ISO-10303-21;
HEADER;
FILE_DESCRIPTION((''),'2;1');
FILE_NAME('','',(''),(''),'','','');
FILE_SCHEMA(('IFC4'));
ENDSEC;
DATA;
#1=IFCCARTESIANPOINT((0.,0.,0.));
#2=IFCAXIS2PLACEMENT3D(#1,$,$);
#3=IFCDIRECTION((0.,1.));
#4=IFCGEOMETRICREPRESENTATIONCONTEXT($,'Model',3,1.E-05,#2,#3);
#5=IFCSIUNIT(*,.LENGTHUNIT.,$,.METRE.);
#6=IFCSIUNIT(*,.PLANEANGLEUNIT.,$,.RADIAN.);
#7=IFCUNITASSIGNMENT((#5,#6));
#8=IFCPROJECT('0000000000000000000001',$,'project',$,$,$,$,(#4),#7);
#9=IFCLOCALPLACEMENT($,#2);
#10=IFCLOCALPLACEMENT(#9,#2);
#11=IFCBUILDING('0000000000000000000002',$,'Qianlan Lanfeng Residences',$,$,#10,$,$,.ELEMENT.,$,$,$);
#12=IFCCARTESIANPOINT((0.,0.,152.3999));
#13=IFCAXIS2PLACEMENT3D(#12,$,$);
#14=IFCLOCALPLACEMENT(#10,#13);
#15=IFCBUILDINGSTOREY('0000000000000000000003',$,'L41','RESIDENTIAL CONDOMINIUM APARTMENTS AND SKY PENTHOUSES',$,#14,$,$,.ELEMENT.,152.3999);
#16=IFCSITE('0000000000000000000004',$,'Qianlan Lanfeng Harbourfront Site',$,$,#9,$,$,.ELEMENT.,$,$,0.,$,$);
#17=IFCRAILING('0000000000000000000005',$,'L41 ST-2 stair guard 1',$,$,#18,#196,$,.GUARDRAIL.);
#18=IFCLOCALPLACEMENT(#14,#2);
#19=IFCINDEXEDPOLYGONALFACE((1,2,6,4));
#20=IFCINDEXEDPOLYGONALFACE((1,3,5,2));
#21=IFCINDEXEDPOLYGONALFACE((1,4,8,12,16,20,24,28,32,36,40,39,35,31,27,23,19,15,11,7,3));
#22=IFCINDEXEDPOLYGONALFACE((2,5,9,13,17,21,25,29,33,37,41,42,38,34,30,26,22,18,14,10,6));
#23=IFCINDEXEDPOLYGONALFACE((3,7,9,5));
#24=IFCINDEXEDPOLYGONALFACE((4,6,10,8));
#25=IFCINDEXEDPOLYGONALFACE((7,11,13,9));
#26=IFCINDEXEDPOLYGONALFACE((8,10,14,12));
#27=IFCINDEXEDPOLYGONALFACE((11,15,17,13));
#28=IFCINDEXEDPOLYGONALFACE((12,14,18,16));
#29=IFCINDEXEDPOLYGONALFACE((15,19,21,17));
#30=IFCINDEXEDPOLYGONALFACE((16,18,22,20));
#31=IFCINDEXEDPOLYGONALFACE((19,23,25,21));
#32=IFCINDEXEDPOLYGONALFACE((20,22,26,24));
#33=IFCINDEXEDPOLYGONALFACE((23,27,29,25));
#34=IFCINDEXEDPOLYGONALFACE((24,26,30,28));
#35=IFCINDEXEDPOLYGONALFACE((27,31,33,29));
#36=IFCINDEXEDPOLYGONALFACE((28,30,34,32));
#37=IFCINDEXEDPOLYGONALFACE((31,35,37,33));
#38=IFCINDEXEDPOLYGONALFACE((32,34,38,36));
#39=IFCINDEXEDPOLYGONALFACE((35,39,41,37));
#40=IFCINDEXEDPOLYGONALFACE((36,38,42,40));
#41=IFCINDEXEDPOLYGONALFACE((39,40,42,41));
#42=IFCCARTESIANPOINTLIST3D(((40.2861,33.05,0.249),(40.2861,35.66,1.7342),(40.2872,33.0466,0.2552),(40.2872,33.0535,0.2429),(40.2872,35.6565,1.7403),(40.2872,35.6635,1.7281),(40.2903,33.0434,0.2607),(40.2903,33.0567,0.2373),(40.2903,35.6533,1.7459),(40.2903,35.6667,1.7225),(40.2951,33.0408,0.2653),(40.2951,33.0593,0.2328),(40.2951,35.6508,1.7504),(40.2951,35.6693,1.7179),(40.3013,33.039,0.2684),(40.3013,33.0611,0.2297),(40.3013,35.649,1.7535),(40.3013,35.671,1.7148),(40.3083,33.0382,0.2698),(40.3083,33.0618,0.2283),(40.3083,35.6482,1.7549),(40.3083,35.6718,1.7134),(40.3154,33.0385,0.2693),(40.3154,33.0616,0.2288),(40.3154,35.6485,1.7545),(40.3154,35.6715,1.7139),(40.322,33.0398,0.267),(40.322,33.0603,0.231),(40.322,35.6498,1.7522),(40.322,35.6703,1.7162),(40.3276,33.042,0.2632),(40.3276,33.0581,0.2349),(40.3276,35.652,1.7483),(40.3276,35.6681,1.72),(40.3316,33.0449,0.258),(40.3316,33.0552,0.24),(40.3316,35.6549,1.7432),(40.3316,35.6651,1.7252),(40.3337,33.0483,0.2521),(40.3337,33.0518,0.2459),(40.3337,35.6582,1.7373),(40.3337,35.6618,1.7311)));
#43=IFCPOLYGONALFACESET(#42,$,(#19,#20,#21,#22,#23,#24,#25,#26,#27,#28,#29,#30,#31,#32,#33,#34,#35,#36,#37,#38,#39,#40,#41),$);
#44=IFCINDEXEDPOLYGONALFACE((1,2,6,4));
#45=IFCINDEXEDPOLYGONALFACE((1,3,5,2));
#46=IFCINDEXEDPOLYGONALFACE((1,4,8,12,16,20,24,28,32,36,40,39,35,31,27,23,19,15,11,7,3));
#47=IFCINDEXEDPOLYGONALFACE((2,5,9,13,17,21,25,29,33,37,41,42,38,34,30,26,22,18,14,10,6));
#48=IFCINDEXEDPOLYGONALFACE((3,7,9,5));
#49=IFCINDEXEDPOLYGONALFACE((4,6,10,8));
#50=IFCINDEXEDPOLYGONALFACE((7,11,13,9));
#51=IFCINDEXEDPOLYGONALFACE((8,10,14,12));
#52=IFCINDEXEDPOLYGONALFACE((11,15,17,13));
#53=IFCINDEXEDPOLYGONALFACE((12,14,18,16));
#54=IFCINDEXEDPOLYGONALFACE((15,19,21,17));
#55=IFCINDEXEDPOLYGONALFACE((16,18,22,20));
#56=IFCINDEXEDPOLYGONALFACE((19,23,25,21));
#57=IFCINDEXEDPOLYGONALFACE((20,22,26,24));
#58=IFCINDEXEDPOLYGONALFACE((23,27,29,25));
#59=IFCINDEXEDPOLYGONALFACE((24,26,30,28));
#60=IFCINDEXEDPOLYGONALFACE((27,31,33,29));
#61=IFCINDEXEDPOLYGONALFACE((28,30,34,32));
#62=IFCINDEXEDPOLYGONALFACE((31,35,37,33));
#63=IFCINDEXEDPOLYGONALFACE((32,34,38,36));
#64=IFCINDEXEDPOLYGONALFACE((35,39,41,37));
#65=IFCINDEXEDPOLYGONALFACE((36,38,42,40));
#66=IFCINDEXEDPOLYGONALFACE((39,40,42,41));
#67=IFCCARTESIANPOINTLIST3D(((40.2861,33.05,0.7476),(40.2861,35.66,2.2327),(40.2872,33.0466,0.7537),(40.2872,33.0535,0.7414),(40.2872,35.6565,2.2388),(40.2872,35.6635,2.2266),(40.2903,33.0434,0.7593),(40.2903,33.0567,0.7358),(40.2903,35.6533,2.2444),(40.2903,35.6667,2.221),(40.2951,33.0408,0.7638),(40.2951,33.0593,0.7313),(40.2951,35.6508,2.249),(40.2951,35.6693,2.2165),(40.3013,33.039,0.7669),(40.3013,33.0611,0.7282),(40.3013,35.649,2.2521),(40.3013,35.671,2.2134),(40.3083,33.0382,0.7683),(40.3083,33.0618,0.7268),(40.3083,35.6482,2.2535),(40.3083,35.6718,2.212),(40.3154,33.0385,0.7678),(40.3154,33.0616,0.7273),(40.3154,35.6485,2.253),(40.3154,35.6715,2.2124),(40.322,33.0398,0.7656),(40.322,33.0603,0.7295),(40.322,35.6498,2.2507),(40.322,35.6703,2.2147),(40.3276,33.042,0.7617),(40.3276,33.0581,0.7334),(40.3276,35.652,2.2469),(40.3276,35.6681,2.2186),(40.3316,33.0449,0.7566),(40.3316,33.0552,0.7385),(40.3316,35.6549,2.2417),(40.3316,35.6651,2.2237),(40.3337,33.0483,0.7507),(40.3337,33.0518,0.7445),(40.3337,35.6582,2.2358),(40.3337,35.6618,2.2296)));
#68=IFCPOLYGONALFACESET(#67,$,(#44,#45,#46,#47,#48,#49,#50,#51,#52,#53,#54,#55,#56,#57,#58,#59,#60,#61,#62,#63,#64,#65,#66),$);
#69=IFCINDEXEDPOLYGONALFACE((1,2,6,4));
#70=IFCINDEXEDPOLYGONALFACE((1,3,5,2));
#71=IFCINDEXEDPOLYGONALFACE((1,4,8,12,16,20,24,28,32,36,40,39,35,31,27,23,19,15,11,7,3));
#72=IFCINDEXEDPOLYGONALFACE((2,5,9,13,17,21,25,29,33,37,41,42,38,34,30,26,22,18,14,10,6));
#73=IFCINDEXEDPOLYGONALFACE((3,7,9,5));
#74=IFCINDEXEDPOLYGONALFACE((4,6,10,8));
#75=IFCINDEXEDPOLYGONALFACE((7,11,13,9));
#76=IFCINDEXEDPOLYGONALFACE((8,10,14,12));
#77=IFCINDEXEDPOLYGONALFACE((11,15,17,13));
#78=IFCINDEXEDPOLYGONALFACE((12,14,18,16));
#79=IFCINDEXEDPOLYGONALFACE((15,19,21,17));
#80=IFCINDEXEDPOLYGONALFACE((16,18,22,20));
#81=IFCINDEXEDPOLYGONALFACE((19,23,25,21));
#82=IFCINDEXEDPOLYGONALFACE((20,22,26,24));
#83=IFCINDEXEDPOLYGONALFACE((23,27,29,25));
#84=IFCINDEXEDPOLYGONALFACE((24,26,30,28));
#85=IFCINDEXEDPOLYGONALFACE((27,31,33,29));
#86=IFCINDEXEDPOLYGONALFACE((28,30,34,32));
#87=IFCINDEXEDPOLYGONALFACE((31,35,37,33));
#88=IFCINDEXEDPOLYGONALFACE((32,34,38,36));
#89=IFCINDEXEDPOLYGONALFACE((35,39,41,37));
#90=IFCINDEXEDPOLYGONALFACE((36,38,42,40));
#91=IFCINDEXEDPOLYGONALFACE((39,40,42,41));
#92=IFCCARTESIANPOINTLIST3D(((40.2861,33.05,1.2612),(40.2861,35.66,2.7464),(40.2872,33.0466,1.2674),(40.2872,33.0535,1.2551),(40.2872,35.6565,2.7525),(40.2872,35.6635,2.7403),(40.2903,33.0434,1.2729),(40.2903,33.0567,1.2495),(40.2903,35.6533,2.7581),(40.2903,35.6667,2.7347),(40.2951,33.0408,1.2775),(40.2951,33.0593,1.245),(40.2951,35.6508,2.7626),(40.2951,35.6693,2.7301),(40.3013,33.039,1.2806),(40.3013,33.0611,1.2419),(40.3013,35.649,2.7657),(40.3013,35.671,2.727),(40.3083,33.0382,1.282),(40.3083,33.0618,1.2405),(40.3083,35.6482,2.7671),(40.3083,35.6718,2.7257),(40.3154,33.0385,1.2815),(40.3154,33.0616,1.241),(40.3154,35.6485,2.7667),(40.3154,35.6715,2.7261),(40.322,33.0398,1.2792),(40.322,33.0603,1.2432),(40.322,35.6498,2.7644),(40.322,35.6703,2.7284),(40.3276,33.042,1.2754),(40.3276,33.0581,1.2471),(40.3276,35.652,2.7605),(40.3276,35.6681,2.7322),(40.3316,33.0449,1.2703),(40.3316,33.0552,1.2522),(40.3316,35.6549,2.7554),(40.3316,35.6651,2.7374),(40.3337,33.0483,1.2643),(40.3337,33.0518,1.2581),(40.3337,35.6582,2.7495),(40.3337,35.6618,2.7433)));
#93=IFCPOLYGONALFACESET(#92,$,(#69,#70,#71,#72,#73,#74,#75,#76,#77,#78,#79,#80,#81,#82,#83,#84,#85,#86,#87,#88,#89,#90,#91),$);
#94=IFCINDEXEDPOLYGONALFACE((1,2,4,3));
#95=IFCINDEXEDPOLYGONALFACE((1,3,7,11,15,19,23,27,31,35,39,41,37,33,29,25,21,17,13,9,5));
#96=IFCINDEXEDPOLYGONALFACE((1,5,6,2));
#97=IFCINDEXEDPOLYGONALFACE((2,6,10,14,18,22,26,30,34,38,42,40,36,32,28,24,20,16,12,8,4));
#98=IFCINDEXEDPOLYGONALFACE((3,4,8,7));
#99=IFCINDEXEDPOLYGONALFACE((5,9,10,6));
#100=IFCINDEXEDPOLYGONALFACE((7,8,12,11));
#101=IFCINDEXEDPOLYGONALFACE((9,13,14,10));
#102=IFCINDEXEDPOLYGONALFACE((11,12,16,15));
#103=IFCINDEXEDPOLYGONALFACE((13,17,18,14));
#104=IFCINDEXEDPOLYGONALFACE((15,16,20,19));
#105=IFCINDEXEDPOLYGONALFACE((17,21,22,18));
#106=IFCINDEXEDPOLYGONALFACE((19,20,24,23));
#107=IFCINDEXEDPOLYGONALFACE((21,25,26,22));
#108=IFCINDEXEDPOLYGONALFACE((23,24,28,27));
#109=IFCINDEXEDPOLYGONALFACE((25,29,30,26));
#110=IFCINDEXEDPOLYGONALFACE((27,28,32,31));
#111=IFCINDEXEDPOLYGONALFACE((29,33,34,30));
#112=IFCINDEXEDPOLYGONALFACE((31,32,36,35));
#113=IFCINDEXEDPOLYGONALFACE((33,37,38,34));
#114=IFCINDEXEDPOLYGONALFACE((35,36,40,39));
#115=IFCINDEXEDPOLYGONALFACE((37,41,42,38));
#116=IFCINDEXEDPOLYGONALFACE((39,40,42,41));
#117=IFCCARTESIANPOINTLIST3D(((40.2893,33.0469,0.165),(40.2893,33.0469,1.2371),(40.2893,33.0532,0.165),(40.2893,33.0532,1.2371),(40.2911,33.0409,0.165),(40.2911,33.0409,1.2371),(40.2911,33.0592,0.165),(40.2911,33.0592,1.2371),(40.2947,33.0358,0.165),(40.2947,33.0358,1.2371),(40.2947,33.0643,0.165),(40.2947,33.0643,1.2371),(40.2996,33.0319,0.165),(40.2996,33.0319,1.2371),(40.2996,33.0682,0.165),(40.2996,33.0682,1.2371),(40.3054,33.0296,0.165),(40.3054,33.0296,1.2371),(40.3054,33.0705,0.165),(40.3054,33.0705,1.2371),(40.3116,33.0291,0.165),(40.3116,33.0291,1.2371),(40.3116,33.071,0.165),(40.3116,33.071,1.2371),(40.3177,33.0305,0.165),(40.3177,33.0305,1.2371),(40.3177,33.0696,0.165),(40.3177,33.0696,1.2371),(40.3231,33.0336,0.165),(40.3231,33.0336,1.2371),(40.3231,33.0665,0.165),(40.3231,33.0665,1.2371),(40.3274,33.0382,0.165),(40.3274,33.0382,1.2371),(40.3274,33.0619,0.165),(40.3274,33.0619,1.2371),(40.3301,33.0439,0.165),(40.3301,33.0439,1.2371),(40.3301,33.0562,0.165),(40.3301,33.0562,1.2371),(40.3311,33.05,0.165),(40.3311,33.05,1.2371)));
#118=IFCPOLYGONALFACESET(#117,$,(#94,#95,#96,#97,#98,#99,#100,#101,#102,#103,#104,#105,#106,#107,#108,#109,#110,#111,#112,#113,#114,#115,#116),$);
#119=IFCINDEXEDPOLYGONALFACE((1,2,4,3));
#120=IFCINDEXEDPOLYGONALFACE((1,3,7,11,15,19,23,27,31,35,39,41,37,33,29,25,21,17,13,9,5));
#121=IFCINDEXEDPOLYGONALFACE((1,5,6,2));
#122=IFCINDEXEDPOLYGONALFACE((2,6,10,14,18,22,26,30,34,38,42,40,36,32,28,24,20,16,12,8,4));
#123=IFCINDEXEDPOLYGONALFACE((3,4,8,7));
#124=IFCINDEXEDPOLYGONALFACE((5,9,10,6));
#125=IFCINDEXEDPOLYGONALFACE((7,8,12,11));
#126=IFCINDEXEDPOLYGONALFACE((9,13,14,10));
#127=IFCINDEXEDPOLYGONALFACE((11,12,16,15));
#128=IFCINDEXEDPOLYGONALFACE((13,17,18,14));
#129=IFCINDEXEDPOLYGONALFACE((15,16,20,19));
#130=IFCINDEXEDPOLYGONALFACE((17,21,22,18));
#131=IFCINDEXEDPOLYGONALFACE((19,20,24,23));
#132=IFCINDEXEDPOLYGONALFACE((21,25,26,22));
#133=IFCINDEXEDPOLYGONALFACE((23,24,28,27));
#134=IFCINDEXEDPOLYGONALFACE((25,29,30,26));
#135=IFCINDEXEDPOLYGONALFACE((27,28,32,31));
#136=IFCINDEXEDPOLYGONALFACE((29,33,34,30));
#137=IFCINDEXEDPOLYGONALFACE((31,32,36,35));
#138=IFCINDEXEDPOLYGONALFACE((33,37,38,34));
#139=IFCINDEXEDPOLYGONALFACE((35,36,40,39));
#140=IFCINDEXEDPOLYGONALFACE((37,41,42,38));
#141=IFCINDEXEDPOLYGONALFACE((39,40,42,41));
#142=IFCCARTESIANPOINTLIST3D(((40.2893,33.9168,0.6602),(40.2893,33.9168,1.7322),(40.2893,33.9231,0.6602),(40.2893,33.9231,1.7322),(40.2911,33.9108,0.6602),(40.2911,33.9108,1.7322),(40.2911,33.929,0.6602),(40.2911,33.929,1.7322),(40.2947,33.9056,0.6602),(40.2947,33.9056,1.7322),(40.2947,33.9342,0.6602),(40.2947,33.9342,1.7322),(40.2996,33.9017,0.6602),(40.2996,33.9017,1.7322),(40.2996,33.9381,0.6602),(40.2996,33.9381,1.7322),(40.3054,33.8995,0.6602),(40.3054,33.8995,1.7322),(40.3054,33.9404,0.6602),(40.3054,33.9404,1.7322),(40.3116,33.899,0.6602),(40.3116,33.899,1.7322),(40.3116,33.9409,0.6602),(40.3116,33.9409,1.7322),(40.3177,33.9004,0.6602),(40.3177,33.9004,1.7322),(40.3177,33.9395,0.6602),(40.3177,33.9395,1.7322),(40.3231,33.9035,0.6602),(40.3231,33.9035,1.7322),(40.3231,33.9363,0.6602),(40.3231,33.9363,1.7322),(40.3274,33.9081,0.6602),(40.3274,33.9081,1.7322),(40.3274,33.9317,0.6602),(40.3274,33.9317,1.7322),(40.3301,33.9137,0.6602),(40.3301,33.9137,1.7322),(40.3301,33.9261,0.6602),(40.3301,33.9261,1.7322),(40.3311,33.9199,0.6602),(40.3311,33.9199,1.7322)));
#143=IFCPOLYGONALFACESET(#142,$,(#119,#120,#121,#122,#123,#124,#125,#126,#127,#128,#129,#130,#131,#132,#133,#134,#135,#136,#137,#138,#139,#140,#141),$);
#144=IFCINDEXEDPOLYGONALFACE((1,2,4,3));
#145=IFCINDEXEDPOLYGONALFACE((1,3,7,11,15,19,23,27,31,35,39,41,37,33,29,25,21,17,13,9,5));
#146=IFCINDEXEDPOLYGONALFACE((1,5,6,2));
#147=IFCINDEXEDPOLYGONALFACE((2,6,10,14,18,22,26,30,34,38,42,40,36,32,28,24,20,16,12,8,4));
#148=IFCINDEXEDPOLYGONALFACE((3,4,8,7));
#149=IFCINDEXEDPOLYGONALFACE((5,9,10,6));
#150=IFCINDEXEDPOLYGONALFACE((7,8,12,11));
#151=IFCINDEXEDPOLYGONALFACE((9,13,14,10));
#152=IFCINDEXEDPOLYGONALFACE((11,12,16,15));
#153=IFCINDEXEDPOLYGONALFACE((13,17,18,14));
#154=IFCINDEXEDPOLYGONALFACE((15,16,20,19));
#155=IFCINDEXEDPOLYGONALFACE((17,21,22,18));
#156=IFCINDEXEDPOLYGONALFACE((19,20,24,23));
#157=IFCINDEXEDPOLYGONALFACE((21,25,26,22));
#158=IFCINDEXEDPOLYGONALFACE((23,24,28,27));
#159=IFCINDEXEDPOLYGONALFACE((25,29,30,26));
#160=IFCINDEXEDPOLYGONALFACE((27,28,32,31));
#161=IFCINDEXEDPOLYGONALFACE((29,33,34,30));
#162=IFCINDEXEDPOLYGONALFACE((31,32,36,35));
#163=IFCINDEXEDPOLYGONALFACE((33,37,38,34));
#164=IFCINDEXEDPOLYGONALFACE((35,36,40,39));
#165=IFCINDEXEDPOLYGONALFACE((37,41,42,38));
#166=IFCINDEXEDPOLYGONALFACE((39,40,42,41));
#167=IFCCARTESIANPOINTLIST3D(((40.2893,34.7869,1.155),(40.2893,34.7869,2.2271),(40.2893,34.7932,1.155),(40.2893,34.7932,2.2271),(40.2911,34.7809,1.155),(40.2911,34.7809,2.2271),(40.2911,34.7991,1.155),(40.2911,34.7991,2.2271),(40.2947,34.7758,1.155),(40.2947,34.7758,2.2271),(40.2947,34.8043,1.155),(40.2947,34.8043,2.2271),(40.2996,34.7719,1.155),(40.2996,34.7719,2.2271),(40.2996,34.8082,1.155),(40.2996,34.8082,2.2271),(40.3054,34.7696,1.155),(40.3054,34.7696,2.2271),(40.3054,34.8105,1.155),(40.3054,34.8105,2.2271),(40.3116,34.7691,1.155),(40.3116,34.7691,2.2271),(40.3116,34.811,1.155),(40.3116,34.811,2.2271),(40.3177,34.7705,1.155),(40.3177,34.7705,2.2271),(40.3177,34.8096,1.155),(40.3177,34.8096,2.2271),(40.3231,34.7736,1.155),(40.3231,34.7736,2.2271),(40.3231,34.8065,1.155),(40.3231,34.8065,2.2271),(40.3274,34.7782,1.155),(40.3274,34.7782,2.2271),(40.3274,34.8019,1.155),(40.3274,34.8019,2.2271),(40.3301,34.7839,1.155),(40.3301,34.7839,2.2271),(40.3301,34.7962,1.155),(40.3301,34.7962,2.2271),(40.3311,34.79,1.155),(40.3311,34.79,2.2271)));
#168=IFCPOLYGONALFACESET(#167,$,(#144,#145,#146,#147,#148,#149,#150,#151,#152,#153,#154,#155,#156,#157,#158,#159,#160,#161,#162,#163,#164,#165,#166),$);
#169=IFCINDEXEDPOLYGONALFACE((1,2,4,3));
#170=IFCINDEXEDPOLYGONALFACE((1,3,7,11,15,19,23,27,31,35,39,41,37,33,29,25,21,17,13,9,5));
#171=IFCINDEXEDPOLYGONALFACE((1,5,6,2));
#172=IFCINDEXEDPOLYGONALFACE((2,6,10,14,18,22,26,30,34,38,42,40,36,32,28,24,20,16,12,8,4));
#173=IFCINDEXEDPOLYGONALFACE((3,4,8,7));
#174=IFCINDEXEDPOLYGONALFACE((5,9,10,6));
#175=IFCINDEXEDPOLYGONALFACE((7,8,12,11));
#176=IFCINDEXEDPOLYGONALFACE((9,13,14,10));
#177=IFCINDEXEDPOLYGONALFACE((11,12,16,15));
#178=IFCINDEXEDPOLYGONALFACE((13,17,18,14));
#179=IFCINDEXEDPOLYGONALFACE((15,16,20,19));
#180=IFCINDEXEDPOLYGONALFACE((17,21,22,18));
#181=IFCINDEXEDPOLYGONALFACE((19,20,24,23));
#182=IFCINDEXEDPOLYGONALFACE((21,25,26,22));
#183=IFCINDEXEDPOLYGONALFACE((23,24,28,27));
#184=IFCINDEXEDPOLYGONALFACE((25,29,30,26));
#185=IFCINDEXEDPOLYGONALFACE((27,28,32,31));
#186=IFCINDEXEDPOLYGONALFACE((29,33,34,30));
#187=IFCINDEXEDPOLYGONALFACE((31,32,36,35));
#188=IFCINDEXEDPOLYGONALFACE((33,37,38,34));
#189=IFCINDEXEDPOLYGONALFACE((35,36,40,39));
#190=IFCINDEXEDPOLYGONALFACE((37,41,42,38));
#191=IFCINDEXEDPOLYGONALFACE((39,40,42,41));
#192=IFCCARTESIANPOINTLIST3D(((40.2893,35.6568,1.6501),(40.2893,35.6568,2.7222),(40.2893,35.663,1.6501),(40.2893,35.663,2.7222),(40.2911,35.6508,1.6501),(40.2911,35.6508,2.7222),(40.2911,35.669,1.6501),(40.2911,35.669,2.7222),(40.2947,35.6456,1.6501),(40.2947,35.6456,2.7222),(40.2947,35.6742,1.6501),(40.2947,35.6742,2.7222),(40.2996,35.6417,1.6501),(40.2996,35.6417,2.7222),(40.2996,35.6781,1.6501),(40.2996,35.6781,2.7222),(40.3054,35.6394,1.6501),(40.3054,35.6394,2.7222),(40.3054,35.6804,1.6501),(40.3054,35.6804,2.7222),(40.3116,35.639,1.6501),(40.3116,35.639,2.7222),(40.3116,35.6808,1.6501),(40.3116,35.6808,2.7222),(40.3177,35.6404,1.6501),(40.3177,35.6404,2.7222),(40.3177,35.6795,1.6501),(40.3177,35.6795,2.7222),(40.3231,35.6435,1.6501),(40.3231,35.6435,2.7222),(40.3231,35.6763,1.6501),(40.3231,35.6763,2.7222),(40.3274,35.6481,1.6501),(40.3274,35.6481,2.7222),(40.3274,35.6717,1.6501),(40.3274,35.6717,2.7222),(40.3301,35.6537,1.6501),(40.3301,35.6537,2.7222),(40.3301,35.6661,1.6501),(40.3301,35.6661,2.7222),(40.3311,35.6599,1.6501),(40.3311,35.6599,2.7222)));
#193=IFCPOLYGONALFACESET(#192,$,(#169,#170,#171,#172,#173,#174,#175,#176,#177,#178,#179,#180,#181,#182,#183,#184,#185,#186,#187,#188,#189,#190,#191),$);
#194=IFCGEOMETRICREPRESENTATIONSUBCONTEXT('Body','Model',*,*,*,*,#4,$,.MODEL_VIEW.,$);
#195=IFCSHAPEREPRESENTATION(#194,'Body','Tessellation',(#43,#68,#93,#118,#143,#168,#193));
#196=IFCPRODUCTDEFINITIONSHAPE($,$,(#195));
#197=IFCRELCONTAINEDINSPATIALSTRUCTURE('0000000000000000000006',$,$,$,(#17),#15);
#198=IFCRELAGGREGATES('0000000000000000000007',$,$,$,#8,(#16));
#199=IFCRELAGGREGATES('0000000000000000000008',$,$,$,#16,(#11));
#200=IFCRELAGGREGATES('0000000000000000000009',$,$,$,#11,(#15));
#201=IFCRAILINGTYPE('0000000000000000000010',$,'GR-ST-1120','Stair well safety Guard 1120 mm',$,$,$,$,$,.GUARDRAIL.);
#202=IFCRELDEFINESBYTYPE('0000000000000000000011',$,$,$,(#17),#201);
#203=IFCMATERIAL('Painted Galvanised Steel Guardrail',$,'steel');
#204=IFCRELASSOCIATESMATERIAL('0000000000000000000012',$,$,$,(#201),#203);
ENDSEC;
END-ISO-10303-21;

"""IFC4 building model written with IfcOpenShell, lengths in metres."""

from ifc_helpers import new_model, si_unit, direction, frame, origin, origin_2d, place, context, subcontext, project, spatial, circle, extrude, material, type_object, element, save


model = new_model("IFC4")

# Units and contexts
model_context = context("Model", 3, precision=1e-05, world=origin(), true_north=direction((0.0, 1.0)))
body_context = subcontext(model_context, "Body", "Model", "MODEL_VIEW")
ifc_project = project(units=[si_unit("LENGTHUNIT", "METRE"), si_unit("PLANEANGLEUNIT", "RADIAN")], contexts=[model_context])

# Site, building, storey
site_placement = place(None, origin())
site = spatial("IfcSite", under=ifc_project, at=site_placement, Name="Qianlan Lanfeng Harbourfront Site", CompositionType="ELEMENT", RefElevation=0.0)
building_placement = place(site_placement, origin())
building = spatial("IfcBuilding", under=site, at=building_placement, Name="Qianlan Lanfeng Residences", CompositionType="ELEMENT")
storey_placement = place(building_placement, frame((0.0, 0.0, 152.3999)))
storey = spatial("IfcBuildingStorey", under=building, at=storey_placement, Name="L41", Description="RESIDENTIAL CONDOMINIUM APARTMENTS AND SKY PENTHOUSES", CompositionType="ELEMENT", Elevation=152.3999)

# Railing
ifc_material_1 = material(Name="Painted Galvanised Steel Guardrail", Category="steel")
railing_type_1 = type_object("IfcRailingType", Name="GR-ST-1120", Description="Stair well safety Guard 1120 mm", PredefinedType="GUARDRAIL", material=ifc_material_1)
railing_1_placement = place(storey_placement, frame((40.3101, 33.05, 0.165)))
element("IfcRailing", 1, at=railing_1_placement, inside=storey, type_object=railing_type_1, Name="L41 ST-2 stair guard 1", PredefinedType="GUARDRAIL", context=body_context, shape_type="SweptSolid", body=[
    extrude(circle(Radius=0.0239, at=origin_2d()), frame((0.0, 0.0, 0.084), z_axis=(0.0, 0.869137, 0.494571), x_axis=(-1.0, 0.0, 0.0)), (0.0, 0.0, 1.0), 3.0029),
    extrude(circle(Radius=0.0239, at=origin_2d()), frame((0.0, 0.0, 0.5825), z_axis=(0.0, 0.869137, 0.494571), x_axis=(-1.0, 0.0, 0.0)), (0.0, 0.0, 1.0), 3.0029),
    extrude(circle(Radius=0.0239, at=origin_2d()), frame((0.0, 0.0, 1.0962), z_axis=(0.0, 0.869137, 0.494571), x_axis=(-1.0, 0.0, 0.0)), (0.0, 0.0, 1.0), 3.0029),
    extrude(circle(Radius=0.021, at=origin_2d()), origin(), (0.0, 0.0, 1.0), 1.072),
    extrude(circle(Radius=0.021, at=origin_2d()), frame((0.0, 0.8699, 0.4951)), (0.0, 0.0, 1.0), 1.072),
    extrude(circle(Radius=0.021, at=origin_2d()), frame((0.0, 1.74, 0.99)), (0.0, 0.0, 1.0), 1.072),
    extrude(circle(Radius=0.021, at=origin_2d()), frame((0.0, 2.6099, 1.4851)), (0.0, 0.0, 1.0), 1.072),
])

save(model, "model.ifc")
